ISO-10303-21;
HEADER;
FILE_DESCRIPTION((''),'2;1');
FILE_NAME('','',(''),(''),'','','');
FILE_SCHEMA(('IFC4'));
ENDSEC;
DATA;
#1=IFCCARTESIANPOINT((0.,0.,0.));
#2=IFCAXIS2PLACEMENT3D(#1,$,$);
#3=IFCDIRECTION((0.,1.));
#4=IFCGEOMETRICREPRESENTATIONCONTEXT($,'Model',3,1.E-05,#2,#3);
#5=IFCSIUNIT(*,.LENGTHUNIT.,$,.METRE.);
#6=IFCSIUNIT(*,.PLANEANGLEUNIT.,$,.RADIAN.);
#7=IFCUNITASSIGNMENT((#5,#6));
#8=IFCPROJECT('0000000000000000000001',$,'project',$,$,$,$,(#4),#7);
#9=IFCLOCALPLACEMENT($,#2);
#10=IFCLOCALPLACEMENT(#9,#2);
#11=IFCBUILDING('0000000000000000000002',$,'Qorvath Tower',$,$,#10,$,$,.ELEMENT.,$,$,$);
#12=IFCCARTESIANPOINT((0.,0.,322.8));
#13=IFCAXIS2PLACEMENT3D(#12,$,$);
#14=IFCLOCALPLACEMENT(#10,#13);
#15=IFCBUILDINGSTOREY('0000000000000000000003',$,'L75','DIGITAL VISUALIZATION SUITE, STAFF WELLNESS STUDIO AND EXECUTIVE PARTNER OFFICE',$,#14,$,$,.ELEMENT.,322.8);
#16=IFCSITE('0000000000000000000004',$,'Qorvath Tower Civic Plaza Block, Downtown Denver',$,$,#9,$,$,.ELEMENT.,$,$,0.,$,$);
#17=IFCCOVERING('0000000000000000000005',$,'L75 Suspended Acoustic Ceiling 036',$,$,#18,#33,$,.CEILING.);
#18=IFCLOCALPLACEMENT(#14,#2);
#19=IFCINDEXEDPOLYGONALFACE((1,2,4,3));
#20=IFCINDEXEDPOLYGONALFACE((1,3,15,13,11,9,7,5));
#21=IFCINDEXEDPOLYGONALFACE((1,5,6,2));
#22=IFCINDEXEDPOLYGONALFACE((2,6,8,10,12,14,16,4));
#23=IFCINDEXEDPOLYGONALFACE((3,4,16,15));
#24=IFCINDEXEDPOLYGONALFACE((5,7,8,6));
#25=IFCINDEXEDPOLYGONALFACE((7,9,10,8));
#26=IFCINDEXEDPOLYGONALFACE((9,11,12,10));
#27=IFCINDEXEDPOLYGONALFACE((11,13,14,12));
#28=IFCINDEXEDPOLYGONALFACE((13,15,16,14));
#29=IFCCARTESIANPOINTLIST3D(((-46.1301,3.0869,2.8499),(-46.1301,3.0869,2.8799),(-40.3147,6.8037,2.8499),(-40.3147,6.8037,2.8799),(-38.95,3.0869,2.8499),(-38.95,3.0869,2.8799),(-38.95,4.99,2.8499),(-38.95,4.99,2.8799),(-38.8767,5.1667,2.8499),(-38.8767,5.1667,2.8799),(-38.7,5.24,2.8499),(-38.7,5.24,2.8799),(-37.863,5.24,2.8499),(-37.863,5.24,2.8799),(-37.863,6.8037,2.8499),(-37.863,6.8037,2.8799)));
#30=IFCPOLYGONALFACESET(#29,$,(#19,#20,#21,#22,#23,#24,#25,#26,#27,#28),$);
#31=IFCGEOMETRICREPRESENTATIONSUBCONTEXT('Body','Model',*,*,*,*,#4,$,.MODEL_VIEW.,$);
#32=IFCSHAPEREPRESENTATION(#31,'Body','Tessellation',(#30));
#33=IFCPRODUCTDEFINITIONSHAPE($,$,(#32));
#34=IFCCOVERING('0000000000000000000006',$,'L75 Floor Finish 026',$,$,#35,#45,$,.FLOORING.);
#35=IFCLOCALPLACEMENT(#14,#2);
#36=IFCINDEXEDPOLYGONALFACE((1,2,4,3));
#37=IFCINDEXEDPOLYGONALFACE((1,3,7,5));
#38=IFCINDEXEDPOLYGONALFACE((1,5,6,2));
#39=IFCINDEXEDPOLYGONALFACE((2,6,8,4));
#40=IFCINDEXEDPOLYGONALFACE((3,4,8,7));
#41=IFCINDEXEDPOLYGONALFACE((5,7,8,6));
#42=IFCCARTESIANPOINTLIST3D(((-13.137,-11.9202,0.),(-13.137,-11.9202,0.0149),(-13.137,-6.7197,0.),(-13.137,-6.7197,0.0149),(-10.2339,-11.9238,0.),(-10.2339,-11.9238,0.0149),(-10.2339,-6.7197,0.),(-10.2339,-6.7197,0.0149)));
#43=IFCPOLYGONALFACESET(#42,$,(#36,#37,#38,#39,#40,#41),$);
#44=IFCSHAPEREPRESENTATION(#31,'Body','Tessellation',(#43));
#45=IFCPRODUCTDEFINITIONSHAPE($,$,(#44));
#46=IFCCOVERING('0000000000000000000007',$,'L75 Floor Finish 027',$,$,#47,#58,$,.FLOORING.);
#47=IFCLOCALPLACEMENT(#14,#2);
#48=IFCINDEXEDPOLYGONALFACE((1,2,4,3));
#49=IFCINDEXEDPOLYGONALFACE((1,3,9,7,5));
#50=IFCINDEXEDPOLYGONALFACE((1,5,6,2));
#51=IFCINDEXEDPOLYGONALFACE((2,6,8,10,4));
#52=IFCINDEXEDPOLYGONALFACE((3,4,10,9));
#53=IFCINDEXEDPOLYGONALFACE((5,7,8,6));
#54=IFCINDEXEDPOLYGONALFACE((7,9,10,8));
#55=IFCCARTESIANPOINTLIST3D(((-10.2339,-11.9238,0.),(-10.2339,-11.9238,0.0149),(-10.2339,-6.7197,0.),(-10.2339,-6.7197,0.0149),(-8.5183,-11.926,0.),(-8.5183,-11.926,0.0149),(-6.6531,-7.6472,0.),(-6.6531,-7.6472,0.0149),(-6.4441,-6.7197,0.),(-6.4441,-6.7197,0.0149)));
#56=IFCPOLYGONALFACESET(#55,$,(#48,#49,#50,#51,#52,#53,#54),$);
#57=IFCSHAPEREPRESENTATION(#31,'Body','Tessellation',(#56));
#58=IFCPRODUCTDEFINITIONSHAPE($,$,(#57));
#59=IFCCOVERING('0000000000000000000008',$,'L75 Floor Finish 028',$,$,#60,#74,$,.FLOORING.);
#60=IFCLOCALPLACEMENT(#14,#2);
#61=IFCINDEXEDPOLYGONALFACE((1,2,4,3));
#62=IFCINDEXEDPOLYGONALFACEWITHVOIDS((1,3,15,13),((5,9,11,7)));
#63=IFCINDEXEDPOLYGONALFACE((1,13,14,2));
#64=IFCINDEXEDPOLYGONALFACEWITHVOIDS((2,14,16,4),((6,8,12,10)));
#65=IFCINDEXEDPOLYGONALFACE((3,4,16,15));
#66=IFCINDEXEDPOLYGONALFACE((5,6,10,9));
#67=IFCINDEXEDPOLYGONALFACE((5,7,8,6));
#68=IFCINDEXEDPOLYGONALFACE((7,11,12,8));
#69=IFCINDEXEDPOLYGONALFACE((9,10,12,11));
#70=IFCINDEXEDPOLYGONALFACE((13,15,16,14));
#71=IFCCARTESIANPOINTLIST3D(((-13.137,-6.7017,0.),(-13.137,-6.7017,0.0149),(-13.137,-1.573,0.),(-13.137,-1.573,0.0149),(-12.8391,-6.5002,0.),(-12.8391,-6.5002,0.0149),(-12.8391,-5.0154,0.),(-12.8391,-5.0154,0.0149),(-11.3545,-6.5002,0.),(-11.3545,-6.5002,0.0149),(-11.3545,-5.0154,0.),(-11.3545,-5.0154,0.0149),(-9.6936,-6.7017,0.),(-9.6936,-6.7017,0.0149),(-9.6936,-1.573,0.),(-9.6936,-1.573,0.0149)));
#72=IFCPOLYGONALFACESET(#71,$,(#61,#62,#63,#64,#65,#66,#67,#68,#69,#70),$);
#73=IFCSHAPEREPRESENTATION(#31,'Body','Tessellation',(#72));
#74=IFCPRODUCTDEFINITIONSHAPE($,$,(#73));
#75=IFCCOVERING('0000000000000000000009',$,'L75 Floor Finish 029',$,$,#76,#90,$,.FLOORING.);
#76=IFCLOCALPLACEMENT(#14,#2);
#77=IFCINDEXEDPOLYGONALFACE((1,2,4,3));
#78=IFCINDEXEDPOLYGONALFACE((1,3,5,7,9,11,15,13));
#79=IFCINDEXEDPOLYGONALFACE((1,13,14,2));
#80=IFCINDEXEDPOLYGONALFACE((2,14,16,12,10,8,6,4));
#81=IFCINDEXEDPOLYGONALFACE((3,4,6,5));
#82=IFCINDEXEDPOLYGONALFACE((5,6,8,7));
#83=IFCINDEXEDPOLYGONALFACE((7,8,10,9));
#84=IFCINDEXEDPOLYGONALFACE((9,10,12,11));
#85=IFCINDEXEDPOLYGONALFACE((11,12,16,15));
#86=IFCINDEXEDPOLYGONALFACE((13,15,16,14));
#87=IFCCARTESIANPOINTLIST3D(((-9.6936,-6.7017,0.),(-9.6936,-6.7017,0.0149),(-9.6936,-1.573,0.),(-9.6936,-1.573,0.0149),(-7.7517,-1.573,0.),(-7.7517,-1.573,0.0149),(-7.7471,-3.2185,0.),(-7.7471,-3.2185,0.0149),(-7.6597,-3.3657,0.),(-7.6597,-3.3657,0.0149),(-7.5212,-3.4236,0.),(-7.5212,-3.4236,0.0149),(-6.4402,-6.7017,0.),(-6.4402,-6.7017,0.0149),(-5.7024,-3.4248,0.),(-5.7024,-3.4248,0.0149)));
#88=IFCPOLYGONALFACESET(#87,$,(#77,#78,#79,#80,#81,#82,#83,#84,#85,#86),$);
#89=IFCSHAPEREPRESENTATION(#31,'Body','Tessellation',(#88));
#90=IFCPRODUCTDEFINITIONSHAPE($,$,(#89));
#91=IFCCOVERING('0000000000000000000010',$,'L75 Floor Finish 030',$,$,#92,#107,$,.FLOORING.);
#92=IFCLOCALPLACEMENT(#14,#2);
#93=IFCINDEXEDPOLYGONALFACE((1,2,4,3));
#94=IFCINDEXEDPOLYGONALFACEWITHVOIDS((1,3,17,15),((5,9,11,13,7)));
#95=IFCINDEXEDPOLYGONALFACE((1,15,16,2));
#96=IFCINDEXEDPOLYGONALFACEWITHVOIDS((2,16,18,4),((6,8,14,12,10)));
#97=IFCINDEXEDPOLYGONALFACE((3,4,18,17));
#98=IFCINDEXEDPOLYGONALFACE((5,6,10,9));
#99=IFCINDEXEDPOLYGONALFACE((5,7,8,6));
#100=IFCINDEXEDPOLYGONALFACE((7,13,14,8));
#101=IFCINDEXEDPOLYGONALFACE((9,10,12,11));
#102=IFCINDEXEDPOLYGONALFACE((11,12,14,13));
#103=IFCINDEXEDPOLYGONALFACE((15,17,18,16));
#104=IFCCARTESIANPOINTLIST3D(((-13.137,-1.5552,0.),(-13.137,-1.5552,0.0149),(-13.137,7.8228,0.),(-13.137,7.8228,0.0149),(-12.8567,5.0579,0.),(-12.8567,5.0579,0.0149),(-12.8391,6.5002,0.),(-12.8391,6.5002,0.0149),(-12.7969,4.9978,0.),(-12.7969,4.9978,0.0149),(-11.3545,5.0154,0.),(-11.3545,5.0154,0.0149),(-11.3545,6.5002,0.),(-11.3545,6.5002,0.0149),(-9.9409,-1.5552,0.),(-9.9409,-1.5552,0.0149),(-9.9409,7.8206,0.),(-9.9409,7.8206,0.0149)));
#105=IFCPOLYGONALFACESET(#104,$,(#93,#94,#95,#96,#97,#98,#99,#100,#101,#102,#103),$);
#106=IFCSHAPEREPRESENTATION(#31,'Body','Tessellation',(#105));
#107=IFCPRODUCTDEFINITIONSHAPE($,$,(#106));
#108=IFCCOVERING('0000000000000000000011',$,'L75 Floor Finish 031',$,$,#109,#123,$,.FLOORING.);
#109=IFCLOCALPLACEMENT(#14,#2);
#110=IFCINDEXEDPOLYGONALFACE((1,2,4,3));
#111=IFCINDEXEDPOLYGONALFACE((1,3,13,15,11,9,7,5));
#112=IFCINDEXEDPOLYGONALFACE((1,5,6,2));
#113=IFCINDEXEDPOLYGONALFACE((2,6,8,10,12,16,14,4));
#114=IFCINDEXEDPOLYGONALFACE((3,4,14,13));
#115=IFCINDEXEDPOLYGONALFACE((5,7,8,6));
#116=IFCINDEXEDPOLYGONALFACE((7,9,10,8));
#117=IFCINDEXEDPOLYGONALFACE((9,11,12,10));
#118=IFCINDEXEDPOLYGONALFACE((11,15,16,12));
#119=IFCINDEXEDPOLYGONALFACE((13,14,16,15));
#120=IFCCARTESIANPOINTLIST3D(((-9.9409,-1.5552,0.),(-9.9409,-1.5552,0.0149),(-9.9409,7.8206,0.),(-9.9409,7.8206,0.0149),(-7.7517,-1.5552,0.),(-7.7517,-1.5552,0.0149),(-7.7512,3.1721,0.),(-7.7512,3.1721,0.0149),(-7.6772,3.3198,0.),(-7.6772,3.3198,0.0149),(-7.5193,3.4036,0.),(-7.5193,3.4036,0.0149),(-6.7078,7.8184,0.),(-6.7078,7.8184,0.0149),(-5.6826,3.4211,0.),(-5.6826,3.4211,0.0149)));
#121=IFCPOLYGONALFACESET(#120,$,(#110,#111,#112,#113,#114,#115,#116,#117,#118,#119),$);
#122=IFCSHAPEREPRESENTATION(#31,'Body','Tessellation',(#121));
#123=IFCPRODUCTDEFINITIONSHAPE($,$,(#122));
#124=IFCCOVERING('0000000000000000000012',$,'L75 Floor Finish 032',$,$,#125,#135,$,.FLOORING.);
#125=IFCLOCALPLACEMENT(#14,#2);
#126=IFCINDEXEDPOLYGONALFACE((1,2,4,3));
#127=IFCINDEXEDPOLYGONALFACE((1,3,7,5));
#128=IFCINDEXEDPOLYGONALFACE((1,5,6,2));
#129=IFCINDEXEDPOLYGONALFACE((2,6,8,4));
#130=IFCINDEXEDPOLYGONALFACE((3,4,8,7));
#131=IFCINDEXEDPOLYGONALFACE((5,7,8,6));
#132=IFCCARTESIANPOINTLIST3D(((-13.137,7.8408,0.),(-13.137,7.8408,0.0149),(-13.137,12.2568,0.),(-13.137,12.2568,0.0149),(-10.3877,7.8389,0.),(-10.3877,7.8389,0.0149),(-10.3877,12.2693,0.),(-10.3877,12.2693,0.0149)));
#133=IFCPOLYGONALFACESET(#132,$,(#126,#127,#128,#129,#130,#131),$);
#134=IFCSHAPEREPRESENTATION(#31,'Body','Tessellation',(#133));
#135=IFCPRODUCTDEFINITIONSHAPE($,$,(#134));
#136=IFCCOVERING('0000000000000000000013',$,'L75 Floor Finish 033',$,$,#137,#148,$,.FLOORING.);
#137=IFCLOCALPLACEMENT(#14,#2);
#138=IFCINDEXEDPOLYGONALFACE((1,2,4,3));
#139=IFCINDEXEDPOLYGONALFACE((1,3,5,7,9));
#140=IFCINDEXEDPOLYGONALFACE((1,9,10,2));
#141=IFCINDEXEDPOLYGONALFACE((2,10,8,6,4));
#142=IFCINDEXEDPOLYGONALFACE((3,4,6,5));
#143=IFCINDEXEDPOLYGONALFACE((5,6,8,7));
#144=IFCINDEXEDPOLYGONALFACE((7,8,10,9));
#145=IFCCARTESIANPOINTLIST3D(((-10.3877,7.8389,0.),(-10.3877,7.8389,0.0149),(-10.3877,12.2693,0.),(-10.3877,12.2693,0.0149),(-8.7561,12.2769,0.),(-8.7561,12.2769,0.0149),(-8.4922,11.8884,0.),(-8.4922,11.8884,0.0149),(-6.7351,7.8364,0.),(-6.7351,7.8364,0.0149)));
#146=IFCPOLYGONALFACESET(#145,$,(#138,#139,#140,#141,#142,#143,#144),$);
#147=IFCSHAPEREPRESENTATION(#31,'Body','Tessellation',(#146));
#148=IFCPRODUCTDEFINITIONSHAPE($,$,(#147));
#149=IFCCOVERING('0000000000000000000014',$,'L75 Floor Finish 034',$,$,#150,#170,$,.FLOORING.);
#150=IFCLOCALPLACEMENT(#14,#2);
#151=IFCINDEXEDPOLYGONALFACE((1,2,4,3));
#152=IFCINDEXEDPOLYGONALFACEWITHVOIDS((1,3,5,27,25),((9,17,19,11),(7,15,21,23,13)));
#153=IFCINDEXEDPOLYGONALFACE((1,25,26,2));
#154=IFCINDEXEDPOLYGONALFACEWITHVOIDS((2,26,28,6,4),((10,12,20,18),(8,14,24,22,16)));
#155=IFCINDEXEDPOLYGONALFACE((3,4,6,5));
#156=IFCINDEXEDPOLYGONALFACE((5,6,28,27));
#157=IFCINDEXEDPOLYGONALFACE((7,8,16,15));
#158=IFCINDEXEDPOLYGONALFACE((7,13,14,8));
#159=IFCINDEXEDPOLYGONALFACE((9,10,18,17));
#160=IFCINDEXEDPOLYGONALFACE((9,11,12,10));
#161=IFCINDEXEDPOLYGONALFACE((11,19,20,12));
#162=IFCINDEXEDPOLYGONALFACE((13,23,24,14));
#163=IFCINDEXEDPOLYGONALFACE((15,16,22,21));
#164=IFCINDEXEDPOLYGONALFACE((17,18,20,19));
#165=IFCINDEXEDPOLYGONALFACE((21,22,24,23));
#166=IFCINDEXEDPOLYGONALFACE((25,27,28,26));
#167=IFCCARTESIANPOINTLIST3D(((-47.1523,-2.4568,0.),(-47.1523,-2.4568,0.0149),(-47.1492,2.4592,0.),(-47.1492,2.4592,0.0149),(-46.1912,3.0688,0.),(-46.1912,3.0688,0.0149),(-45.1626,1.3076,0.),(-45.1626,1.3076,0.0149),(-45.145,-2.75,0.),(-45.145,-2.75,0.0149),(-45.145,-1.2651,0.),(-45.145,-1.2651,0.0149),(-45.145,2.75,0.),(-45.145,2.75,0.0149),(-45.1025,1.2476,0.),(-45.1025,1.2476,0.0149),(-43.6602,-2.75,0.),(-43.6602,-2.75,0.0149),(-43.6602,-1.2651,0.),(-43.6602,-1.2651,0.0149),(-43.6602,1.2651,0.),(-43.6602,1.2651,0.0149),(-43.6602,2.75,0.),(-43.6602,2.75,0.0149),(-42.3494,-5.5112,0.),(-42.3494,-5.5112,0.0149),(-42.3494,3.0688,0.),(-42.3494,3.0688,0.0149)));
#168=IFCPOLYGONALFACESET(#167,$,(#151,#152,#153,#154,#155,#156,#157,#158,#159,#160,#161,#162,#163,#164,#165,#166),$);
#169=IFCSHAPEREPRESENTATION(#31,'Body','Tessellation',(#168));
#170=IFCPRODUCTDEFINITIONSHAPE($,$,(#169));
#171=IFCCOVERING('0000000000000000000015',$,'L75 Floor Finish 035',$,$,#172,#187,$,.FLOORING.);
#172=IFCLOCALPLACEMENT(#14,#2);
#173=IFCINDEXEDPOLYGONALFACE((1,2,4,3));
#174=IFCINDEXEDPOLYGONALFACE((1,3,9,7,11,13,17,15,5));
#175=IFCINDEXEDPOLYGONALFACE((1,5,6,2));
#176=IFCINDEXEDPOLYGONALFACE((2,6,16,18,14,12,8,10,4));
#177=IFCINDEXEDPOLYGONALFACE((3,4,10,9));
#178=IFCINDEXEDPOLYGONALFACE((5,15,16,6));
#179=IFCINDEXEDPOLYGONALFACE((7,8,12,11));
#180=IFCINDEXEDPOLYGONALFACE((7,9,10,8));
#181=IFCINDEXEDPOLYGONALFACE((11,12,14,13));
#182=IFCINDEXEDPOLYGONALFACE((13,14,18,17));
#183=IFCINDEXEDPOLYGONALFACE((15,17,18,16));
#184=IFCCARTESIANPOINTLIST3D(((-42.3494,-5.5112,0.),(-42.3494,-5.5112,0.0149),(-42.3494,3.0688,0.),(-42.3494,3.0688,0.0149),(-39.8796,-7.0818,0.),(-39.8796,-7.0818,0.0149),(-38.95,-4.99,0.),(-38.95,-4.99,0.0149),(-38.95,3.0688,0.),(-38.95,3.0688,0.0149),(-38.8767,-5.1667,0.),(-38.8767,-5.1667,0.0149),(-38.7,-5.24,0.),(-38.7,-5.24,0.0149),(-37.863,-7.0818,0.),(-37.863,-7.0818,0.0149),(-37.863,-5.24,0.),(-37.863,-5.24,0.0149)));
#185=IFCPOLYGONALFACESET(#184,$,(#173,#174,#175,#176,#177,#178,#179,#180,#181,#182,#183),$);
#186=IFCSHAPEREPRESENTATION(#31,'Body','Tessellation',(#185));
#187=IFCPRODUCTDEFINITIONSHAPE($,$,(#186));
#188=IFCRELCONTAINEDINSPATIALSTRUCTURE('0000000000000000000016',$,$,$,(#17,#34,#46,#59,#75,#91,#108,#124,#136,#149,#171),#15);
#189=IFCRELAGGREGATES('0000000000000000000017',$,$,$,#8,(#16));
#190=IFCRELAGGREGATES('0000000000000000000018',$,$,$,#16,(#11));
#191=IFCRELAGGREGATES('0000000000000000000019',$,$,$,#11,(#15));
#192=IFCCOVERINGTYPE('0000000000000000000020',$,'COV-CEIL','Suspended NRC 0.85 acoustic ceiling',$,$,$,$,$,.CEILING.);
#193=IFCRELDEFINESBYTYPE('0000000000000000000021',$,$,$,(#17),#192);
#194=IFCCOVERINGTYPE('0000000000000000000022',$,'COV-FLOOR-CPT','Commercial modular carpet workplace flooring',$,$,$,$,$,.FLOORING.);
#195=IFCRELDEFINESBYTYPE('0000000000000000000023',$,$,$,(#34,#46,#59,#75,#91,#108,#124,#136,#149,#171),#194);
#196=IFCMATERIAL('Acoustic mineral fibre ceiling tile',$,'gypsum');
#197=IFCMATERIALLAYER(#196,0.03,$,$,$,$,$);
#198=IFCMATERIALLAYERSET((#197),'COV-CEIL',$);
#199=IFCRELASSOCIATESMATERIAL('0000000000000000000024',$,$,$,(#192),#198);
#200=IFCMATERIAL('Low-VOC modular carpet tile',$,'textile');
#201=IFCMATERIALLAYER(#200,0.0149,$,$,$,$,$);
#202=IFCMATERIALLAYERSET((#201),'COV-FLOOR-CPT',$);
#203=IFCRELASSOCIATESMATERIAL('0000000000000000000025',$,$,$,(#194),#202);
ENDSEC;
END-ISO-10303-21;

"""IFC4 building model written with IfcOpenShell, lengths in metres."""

from ifc_helpers import new_model, si_unit, direction, frame, origin, place, context, subcontext, project, spatial, polyline, outline, extrude, material, layer, layer_set, type_object, element, save


model = new_model("IFC4")

# Units and contexts
model_context = context("Model", 3, precision=1e-05, world=origin(), true_north=direction((0.0, 1.0)))
body_context = subcontext(model_context, "Body", "Model", "MODEL_VIEW")
ifc_project = project(units=[si_unit("LENGTHUNIT", "METRE"), si_unit("PLANEANGLEUNIT", "RADIAN")], contexts=[model_context])

# Site, building, storey
site_placement = place(None, origin())
site = spatial("IfcSite", under=ifc_project, at=site_placement, Name="Qorvath Tower Civic Plaza Block, Downtown Denver", CompositionType="ELEMENT", RefElevation=0.0)
building_placement = place(site_placement, origin())
building = spatial("IfcBuilding", under=site, at=building_placement, Name="Qorvath Tower", CompositionType="ELEMENT")
storey_placement = place(building_placement, frame((0.0, 0.0, 322.8)))
storey = spatial("IfcBuildingStorey", under=building, at=storey_placement, Name="L75", Description="DIGITAL VISUALIZATION SUITE, STAFF WELLNESS STUDIO AND EXECUTIVE PARTNER OFFICE", CompositionType="ELEMENT", Elevation=322.8)

# Coverings
ifc_material_1 = material(Name="Acoustic mineral fibre ceiling tile", Category="gypsum")
ifc_layer_1 = layer(ifc_material_1, 0.03)
ifc_layer_set_1 = layer_set([ifc_layer_1], Name="COV-CEIL")
covering_type_1 = type_object("IfcCoveringType", Name="COV-CEIL", Description="Suspended NRC 0.85 acoustic ceiling", PredefinedType="CEILING", material=ifc_layer_set_1)
covering_1_placement = place(storey_placement, frame((0.0, 0.0, 2.8499)))
element("IfcCovering", 1, at=covering_1_placement, inside=storey, type_object=covering_type_1, Name="L75 Suspended Acoustic Ceiling 036", PredefinedType="CEILING", context=body_context, shape_type="SweptSolid", body=[
    extrude(outline(polyline([(-38.95, 3.0869), (-38.95, 4.99), (-38.8767, 5.1667), (-38.7, 5.24), (-37.863, 5.24), (-37.863, 6.8037), (-40.3147, 6.8037), (-46.1301, 3.0869), (-38.95, 3.0869)])), origin(), (0.0, 0.0, 1.0), 0.03),
])
ifc_material_2 = material(Name="Low-VOC modular carpet tile", Category="textile")
ifc_layer_2 = layer(ifc_material_2, 0.0149)
ifc_layer_set_2 = layer_set([ifc_layer_2], Name="COV-FLOOR-CPT")
covering_type_2 = type_object("IfcCoveringType", Name="COV-FLOOR-CPT", Description="Commercial modular carpet workplace flooring", PredefinedType="FLOORING", material=ifc_layer_set_2)
covering_2_placement = place(storey_placement, origin())
element("IfcCovering", 2, at=covering_2_placement, inside=storey, type_object=covering_type_2, Name="L75 Floor Finish 026", PredefinedType="FLOORING", context=body_context, shape_type="SweptSolid", body=[
    extrude(outline(polyline([(-13.137, -11.9202), (-10.2339, -11.9238), (-10.2339, -6.7197), (-13.137, -6.7197), (-13.137, -11.9202)])), origin(), (0.0, 0.0, 1.0), 0.0149),
])
covering_3_placement = place(storey_placement, origin())
element("IfcCovering", 3, at=covering_3_placement, inside=storey, type_object=covering_type_2, Name="L75 Floor Finish 027", PredefinedType="FLOORING", context=body_context, shape_type="SweptSolid", body=[
    extrude(outline(polyline([(-10.2339, -6.7197), (-10.2339, -11.9238), (-8.5183, -11.926), (-6.6531, -7.6472), (-6.4441, -6.7197), (-10.2339, -6.7197)])), origin(), (0.0, 0.0, 1.0), 0.0149),
])
covering_4_placement = place(storey_placement, origin())
element("IfcCovering", 4, at=covering_4_placement, inside=storey, type_object=covering_type_2, Name="L75 Floor Finish 028", PredefinedType="FLOORING", context=body_context, shape_type="SweptSolid", body=[
    extrude(outline(polyline([(-9.6936, -6.7017), (-9.6936, -1.573), (-13.137, -1.573), (-13.137, -6.7017), (-9.6936, -6.7017)]), holes=[polyline([(-12.8391, -6.5002), (-12.8391, -5.0154), (-11.3545, -5.0154), (-11.3545, -6.5002), (-12.8391, -6.5002)])]), origin(), (0.0, 0.0, 1.0), 0.0149),
])
covering_5_placement = place(storey_placement, origin())
element("IfcCovering", 5, at=covering_5_placement, inside=storey, type_object=covering_type_2, Name="L75 Floor Finish 029", PredefinedType="FLOORING", context=body_context, shape_type="SweptSolid", body=[
    extrude(outline(polyline([(-7.6597, -3.3657), (-7.7471, -3.2185), (-7.7517, -1.573), (-9.6936, -1.573), (-9.6936, -6.7017), (-6.4402, -6.7017), (-5.7024, -3.4248), (-7.5212, -3.4236), (-7.6597, -3.3657)])), origin(), (0.0, 0.0, 1.0), 0.0149),
])
covering_6_placement = place(storey_placement, origin())
element("IfcCovering", 6, at=covering_6_placement, inside=storey, type_object=covering_type_2, Name="L75 Floor Finish 030", PredefinedType="FLOORING", context=body_context, shape_type="SweptSolid", body=[
    extrude(outline(polyline([(-9.9409, -1.5552), (-9.9409, 7.8206), (-13.137, 7.8228), (-13.137, -1.5552), (-9.9409, -1.5552)]), holes=[polyline([(-12.7969, 4.9978), (-12.8567, 5.0579), (-12.8391, 6.5002), (-11.3545, 6.5002), (-11.3545, 5.0154), (-12.7969, 4.9978)])]), origin(), (0.0, 0.0, 1.0), 0.0149),
])
covering_7_placement = place(storey_placement, origin())
element("IfcCovering", 7, at=covering_7_placement, inside=storey, type_object=covering_type_2, Name="L75 Floor Finish 031", PredefinedType="FLOORING", context=body_context, shape_type="SweptSolid", body=[
    extrude(outline(polyline([(-7.7517, -1.5552), (-7.7512, 3.1721), (-7.6772, 3.3198), (-7.5193, 3.4036), (-5.6826, 3.4211), (-6.7078, 7.8184), (-9.9409, 7.8206), (-9.9409, -1.5552), (-7.7517, -1.5552)])), origin(), (0.0, 0.0, 1.0), 0.0149),
])
covering_8_placement = place(storey_placement, origin())
element("IfcCovering", 8, at=covering_8_placement, inside=storey, type_object=covering_type_2, Name="L75 Floor Finish 032", PredefinedType="FLOORING", context=body_context, shape_type="SweptSolid", body=[
    extrude(outline(polyline([(-13.137, 12.2568), (-13.137, 7.8408), (-10.3877, 7.8389), (-10.3877, 12.2693), (-13.137, 12.2568)])), origin(), (0.0, 0.0, 1.0), 0.0149),
])
covering_9_placement = place(storey_placement, origin())
element("IfcCovering", 9, at=covering_9_placement, inside=storey, type_object=covering_type_2, Name="L75 Floor Finish 033", PredefinedType="FLOORING", context=body_context, shape_type="SweptSolid", body=[
    extrude(outline(polyline([(-10.3877, 12.2693), (-10.3877, 7.8389), (-6.7351, 7.8364), (-8.4922, 11.8884), (-8.7561, 12.2769), (-10.3877, 12.2693)])), origin(), (0.0, 0.0, 1.0), 0.0149),
])
covering_10_placement = place(storey_placement, origin())
element("IfcCovering", 10, at=covering_10_placement, inside=storey, type_object=covering_type_2, Name="L75 Floor Finish 034", PredefinedType="FLOORING", context=body_context, shape_type="SweptSolid", body=[
    extrude(outline(polyline([(-47.1492, 2.4592), (-47.1523, -2.4568), (-42.3494, -5.5112), (-42.3494, 3.0688), (-46.1912, 3.0688), (-47.1492, 2.4592)]), holes=[polyline([(-45.145, -2.75), (-45.145, -1.2651), (-43.6602, -1.2651), (-43.6602, -2.75), (-45.145, -2.75)]), polyline([(-45.1025, 1.2476), (-45.1626, 1.3076), (-45.145, 2.75), (-43.6602, 2.75), (-43.6602, 1.2651), (-45.1025, 1.2476)])]), origin(), (0.0, 0.0, 1.0), 0.0149),
])
covering_11_placement = place(storey_placement, origin())
element("IfcCovering", 11, at=covering_11_placement, inside=storey, type_object=covering_type_2, Name="L75 Floor Finish 035", PredefinedType="FLOORING", context=body_context, shape_type="SweptSolid", body=[
    extrude(outline(polyline([(-42.3494, 3.0688), (-42.3494, -5.5112), (-39.8796, -7.0818), (-37.863, -7.0818), (-37.863, -5.24), (-38.7, -5.24), (-38.8767, -5.1667), (-38.95, -4.99), (-38.95, 3.0688), (-42.3494, 3.0688)])), origin(), (0.0, 0.0, 1.0), 0.0149),
])

save(model, "model.ifc")
